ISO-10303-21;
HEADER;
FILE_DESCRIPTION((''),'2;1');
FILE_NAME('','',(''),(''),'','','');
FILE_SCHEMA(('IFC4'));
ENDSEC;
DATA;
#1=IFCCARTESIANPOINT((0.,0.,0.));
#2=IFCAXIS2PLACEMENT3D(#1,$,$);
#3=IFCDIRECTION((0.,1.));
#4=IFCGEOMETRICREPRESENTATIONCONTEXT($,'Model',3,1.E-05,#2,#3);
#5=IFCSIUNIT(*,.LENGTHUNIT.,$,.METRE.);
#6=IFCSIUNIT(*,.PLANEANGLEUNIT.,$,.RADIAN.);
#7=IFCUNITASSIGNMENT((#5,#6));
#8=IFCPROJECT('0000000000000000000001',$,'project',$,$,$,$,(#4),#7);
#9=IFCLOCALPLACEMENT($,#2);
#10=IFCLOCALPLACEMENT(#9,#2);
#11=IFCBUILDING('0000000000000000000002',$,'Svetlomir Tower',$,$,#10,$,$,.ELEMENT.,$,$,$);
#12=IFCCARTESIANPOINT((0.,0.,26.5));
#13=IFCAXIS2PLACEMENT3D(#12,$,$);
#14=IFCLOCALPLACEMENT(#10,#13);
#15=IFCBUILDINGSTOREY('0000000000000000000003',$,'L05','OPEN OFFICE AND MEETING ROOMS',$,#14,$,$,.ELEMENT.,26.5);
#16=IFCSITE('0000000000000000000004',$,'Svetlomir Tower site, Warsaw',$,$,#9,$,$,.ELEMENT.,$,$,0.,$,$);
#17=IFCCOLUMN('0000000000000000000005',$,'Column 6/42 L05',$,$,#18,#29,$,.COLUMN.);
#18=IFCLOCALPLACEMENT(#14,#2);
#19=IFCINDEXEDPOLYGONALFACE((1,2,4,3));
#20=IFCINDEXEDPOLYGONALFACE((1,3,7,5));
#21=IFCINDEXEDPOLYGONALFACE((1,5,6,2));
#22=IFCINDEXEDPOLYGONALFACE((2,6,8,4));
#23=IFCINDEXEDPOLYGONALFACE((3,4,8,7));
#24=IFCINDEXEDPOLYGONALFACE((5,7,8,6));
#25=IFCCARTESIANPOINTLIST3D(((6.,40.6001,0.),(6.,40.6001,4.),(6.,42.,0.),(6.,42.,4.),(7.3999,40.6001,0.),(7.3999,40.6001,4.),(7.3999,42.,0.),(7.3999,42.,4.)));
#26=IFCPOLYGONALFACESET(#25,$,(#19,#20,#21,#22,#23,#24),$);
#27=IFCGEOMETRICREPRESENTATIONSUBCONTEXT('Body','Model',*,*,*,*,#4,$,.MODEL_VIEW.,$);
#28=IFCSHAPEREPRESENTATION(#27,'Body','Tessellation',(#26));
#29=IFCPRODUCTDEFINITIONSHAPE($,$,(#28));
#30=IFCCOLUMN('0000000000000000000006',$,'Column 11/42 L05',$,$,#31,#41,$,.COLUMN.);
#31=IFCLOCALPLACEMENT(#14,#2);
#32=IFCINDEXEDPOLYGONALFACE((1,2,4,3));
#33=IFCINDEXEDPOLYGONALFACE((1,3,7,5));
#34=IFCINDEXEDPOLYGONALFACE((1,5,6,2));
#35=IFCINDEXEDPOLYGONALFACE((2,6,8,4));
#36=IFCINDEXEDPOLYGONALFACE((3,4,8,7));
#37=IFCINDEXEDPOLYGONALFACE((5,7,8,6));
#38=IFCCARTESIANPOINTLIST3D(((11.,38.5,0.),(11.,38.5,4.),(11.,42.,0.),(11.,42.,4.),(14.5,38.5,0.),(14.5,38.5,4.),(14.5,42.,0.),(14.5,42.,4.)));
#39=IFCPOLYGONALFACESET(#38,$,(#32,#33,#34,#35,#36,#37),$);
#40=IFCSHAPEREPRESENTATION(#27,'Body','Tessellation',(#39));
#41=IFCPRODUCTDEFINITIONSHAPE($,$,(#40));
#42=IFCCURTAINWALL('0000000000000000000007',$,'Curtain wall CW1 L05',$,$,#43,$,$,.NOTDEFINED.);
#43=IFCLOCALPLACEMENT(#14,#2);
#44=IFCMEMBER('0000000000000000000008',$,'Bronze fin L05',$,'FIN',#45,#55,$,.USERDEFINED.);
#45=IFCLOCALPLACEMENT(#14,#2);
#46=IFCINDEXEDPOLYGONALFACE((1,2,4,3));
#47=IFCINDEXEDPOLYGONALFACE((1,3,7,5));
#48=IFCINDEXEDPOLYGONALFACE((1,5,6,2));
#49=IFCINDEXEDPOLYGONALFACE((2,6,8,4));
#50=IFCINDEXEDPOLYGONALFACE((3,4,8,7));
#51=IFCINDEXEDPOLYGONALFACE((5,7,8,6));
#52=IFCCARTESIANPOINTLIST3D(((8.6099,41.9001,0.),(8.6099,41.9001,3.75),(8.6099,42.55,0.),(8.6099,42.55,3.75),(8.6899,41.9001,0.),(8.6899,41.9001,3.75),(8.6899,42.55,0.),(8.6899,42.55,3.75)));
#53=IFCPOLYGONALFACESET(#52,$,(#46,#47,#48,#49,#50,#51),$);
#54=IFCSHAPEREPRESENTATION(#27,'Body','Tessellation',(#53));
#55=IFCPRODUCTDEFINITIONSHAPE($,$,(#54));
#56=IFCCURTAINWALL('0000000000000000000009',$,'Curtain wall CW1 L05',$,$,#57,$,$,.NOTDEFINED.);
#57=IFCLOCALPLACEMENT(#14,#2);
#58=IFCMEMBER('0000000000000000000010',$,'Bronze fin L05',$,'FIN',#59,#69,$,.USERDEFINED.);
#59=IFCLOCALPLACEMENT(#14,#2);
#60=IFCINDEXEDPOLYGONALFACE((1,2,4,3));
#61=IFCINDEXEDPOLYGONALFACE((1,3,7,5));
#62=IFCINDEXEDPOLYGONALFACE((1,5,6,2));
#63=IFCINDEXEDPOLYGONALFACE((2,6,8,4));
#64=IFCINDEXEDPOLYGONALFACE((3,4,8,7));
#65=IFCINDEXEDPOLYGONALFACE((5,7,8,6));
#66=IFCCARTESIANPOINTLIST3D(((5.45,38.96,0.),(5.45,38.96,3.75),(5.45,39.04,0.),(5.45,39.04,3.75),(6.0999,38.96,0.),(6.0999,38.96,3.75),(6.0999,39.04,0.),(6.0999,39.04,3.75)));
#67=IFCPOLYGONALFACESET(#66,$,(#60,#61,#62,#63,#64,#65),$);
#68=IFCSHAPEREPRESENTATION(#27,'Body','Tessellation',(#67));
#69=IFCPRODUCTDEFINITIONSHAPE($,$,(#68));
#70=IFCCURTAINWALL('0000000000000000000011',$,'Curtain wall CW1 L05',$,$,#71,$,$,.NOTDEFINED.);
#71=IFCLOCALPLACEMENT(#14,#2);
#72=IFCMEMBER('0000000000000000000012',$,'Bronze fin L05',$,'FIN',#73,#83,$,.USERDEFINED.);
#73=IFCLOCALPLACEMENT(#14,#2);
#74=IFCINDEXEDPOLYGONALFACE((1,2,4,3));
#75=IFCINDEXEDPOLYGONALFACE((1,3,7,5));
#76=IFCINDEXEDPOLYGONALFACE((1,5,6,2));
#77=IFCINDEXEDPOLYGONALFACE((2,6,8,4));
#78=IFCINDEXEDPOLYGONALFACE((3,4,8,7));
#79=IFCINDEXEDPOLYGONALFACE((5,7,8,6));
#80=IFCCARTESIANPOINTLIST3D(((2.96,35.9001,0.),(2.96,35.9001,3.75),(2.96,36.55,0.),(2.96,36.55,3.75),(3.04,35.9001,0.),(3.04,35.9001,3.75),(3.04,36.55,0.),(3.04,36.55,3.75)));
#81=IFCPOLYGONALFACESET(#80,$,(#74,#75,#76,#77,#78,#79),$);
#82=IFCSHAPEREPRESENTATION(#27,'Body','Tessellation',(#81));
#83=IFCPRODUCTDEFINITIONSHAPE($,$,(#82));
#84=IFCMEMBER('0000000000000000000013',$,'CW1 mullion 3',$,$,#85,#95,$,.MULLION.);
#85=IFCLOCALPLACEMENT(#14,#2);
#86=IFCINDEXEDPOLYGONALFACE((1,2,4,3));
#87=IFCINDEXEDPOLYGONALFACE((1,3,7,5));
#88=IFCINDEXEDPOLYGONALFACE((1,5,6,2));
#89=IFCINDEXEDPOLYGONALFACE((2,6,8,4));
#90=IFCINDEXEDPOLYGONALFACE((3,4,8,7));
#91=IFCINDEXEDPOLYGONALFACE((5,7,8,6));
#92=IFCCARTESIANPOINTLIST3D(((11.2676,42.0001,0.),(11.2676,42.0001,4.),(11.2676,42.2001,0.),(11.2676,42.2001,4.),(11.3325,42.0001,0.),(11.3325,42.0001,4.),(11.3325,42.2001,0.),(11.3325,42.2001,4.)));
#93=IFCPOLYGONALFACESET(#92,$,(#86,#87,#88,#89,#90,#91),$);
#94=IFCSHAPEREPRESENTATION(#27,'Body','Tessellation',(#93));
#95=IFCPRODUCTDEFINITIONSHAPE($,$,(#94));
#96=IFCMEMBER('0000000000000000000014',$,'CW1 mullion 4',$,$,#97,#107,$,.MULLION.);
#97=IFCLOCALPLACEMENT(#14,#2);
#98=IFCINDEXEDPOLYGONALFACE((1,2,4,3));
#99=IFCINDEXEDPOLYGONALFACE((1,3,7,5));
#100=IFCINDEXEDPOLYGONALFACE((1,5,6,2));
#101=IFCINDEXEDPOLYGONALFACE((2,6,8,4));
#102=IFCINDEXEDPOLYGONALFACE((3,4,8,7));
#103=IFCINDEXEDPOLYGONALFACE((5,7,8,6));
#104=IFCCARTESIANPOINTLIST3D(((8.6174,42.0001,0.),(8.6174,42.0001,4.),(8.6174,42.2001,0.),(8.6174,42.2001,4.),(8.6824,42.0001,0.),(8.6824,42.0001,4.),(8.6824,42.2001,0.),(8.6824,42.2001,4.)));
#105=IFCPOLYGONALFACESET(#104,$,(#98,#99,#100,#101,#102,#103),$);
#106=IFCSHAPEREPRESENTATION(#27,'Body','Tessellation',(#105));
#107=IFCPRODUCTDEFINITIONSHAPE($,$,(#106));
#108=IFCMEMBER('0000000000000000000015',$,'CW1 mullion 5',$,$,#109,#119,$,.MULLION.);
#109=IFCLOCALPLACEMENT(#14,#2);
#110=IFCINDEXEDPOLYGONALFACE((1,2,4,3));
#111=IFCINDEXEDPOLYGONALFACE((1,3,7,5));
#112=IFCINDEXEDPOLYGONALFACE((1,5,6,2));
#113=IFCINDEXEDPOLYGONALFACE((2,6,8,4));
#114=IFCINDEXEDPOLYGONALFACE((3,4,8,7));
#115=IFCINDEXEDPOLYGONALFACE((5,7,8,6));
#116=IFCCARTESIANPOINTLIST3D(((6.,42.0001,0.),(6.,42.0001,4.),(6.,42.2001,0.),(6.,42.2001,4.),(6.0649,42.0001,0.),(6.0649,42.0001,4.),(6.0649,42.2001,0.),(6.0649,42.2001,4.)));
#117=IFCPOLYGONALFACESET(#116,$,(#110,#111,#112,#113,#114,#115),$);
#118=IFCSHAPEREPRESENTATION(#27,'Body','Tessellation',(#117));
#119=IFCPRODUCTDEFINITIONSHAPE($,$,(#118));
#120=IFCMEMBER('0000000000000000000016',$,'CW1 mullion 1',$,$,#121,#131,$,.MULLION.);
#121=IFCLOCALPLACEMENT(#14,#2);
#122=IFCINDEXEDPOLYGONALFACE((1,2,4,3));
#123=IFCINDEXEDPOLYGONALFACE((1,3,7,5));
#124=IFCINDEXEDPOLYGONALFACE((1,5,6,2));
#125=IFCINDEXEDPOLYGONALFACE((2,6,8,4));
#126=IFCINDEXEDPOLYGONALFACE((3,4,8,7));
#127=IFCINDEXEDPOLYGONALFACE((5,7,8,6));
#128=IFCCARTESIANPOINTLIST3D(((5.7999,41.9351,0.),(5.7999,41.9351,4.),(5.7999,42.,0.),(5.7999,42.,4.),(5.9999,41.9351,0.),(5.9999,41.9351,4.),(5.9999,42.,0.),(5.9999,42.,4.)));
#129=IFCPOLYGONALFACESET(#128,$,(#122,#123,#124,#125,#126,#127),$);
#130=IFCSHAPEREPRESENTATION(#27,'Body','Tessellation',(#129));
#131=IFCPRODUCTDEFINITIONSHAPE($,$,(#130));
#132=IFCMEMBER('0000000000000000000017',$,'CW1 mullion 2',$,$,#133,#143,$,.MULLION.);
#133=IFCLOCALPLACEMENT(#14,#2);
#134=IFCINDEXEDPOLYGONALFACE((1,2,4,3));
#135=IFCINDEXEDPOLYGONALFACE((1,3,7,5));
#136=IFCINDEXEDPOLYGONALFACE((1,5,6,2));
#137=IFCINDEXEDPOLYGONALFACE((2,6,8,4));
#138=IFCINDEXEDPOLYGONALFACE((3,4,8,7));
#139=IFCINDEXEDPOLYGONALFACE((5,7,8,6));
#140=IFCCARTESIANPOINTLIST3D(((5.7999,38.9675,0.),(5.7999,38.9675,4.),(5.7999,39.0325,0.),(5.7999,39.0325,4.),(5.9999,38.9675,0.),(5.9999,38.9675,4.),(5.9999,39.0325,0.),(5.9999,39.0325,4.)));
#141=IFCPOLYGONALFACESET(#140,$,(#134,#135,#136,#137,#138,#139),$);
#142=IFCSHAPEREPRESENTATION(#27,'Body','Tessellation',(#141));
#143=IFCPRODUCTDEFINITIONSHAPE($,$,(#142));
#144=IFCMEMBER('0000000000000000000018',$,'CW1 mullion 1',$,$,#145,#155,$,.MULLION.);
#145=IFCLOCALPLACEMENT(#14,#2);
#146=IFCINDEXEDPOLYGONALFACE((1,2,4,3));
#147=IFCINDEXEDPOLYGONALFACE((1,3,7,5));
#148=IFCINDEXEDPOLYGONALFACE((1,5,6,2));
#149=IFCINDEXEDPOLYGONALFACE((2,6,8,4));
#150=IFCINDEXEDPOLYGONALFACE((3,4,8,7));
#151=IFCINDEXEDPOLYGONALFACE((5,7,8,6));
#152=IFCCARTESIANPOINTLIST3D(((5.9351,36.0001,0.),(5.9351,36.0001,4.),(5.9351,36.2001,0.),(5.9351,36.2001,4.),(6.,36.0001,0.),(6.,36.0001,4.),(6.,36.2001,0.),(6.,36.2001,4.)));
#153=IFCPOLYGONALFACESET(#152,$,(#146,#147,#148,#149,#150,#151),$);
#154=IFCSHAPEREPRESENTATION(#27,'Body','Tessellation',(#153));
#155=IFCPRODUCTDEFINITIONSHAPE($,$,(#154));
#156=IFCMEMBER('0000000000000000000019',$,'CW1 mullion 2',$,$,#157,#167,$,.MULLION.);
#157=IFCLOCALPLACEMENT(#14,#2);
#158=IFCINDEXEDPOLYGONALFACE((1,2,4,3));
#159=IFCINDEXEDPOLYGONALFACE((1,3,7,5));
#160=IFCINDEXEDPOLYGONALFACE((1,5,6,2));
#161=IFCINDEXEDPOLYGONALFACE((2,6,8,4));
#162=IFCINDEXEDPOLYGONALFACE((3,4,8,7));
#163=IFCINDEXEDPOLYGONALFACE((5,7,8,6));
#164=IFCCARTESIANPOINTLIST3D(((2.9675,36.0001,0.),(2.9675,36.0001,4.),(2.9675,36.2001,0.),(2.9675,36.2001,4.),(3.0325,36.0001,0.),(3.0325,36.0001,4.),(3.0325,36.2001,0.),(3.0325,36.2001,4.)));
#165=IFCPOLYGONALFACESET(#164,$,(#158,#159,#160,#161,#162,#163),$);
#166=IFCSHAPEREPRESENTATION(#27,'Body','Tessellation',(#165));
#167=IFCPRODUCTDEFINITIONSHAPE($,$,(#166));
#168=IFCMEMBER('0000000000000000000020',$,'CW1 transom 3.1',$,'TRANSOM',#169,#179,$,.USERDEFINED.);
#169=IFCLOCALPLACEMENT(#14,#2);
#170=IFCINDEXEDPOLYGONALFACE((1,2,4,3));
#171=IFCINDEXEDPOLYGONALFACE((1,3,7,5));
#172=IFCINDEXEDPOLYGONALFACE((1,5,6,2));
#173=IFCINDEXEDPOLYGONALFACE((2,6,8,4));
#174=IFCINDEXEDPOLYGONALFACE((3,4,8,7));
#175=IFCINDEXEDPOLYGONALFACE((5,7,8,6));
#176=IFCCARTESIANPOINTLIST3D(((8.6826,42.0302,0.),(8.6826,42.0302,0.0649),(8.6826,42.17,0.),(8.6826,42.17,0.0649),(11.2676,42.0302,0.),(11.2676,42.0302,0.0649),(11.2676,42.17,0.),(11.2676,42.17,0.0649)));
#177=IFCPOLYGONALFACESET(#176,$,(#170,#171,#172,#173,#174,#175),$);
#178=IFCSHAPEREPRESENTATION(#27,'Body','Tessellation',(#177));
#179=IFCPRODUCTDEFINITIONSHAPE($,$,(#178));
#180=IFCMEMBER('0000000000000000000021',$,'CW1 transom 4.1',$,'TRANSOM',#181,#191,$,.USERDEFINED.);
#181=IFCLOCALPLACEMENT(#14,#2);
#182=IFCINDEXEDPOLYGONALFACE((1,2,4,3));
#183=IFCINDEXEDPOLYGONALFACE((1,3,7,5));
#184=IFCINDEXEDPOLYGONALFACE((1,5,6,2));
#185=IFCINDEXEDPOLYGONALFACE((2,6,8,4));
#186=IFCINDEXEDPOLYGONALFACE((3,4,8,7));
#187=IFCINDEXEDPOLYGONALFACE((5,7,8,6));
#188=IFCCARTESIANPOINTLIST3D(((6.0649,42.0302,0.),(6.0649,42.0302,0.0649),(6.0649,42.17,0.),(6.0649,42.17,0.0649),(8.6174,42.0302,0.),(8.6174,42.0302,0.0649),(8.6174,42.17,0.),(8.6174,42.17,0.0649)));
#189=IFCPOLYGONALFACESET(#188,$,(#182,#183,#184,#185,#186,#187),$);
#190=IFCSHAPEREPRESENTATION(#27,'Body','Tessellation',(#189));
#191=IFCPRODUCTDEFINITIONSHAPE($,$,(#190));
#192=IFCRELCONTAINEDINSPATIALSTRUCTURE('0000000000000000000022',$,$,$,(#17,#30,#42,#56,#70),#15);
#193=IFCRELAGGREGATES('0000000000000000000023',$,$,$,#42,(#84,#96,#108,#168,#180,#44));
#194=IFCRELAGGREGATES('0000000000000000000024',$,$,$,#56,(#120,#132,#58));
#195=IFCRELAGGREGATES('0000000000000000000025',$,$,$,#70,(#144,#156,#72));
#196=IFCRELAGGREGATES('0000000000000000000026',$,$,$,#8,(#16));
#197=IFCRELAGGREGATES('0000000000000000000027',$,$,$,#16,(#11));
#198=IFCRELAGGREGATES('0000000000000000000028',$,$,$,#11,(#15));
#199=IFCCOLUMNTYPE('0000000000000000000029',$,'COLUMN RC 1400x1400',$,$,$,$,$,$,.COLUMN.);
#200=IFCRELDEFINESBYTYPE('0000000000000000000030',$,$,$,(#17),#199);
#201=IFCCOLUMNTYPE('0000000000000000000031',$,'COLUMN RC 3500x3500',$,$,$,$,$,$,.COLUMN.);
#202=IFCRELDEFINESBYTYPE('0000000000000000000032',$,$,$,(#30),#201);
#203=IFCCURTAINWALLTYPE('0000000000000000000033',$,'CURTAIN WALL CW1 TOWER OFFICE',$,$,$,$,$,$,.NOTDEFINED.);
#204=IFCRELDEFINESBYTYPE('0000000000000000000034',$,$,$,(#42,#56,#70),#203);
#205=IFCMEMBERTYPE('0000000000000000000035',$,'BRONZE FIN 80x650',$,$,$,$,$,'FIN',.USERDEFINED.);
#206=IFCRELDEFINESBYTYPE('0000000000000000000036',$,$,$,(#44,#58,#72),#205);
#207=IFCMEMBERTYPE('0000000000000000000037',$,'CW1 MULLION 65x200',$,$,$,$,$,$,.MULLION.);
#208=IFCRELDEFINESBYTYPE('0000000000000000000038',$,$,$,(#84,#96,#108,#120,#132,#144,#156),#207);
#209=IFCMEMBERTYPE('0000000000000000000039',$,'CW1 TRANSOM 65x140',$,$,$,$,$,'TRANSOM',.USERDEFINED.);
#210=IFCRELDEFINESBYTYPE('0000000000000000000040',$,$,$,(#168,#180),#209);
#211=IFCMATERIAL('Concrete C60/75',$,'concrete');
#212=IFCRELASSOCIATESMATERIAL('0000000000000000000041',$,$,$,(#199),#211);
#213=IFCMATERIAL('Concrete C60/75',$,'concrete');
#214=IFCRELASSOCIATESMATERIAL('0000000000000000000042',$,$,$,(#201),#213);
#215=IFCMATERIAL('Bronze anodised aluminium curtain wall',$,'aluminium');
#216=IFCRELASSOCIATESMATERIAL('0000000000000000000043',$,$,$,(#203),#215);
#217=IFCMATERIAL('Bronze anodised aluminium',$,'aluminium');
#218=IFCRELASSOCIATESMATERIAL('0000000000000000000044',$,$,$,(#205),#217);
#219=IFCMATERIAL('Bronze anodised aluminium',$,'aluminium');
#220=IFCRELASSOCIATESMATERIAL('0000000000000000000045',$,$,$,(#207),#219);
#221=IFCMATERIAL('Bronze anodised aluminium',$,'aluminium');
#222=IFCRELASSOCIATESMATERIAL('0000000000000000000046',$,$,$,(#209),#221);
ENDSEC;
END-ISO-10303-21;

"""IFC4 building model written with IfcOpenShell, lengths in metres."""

from ifc_helpers import new_model, si_unit, direction, frame, origin, origin_2d, place, context, subcontext, project, spatial, rectangle, extrude, material, material_profile, profile_set, type_object, element, aggregate, save


model = new_model("IFC4")

# Units and contexts
model_context = context("Model", 3, precision=1e-05, world=origin(), true_north=direction((0.0, 1.0)))
body_context = subcontext(model_context, "Body", "Model", "MODEL_VIEW")
ifc_project = project(units=[si_unit("LENGTHUNIT", "METRE"), si_unit("PLANEANGLEUNIT", "RADIAN")], contexts=[model_context])

# Site, building, storey
site_placement = place(None, origin())
site = spatial("IfcSite", under=ifc_project, at=site_placement, Name="Svetlomir Tower site, Warsaw", CompositionType="ELEMENT", RefElevation=0.0)
building_placement = place(site_placement, origin())
building = spatial("IfcBuilding", under=site, at=building_placement, Name="Svetlomir Tower", CompositionType="ELEMENT")
storey_placement = place(building_placement, frame((0.0, 0.0, 26.5)))
storey = spatial("IfcBuildingStorey", under=building, at=storey_placement, Name="L05", Description="OPEN OFFICE AND MEETING ROOMS", CompositionType="ELEMENT", Elevation=26.5)

# Columns
ifc_material_1 = material(Name="Concrete C60/75", Category="concrete")
ifc_material_profile_1 = material_profile(ifc_material_1, rectangle(XDim=1.3999, YDim=1.3999, at=origin_2d()), Name="RC 1400x1400")
ifc_profile_set_1 = profile_set([ifc_material_profile_1], Name="Concrete C60/75")
column_type_1 = type_object("IfcColumnType", Name="COLUMN RC 1400x1400", PredefinedType="COLUMN", material=ifc_profile_set_1)
column_1_placement = place(storey_placement, frame((6.7, 41.3, 0.0), z_axis=(0.0, 0.0, 1.0), x_axis=(1.0, 0.0, 0.0)))
element("IfcColumn", 1, at=column_1_placement, inside=storey, type_object=column_type_1, Name="Column 6/42 L05", PredefinedType="COLUMN", context=body_context, shape_type="SweptSolid", body=[
    extrude(rectangle(XDim=1.3999, YDim=1.3999, at=origin_2d()), origin(), (0.0, 0.0, 1.0), 4.0),
])
ifc_material_2 = material(Name="Concrete C60/75", Category="concrete")
ifc_material_profile_2 = material_profile(ifc_material_2, rectangle(XDim=3.5, YDim=3.5, at=origin_2d()), Name="RC 3500x3500")
ifc_profile_set_2 = profile_set([ifc_material_profile_2], Name="Concrete C60/75")
column_type_2 = type_object("IfcColumnType", Name="COLUMN RC 3500x3500", PredefinedType="COLUMN", material=ifc_profile_set_2)
column_2_placement = place(storey_placement, frame((12.75, 40.25, 0.0), z_axis=(0.0, 0.0, 1.0), x_axis=(1.0, 0.0, 0.0)))
element("IfcColumn", 2, at=column_2_placement, inside=storey, type_object=column_type_2, Name="Column 11/42 L05", PredefinedType="COLUMN", context=body_context, shape_type="SweptSolid", body=[
    extrude(rectangle(XDim=3.5, YDim=3.5, at=origin_2d()), origin(), (0.0, 0.0, 1.0), 4.0),
])

# Curtain walls, members
ifc_material_3 = material(Name="Bronze anodised aluminium curtain wall", Category="aluminium")
curtain_wall_type = type_object("IfcCurtainWallType", Name="CURTAIN WALL CW1 TOWER OFFICE", PredefinedType="NOTDEFINED", material=ifc_material_3)
curtain_wall_1_placement = place(storey_placement, origin())
curtain_wall_1 = element("IfcCurtainWall", 3, at=curtain_wall_1_placement, inside=storey, type_object=curtain_wall_type, Name="Curtain wall CW1 L05", PredefinedType="NOTDEFINED")
ifc_material_4 = material(Name="Bronze anodised aluminium", Category="aluminium")
ifc_material_profile_3 = material_profile(ifc_material_4, rectangle(XDim=0.0801, YDim=0.6499, at=origin_2d()), Name="FIN 80x650")
ifc_profile_set_3 = profile_set([ifc_material_profile_3], Name="Bronze anodised aluminium 6063-T6")
member_type_1 = type_object("IfcMemberType", Name="BRONZE FIN 80x650", ElementType="FIN", PredefinedType="USERDEFINED", material=ifc_profile_set_3)
member_1_placement = place(storey_placement, frame((8.6499, 42.2251, 0.0), z_axis=(0.0, 0.0, 1.0), x_axis=(1.0, 0.0, 0.0)))
member_1 = element("IfcMember", 4, at=member_1_placement, type_object=member_type_1, Name="Bronze fin L05", ObjectType="FIN", PredefinedType="USERDEFINED", context=body_context, shape_type="SweptSolid", body=[
    extrude(rectangle(XDim=0.0801, YDim=0.6499, at=origin_2d()), origin(), (0.0, 0.0, 1.0), 3.75),
])
curtain_wall_2_placement = place(storey_placement, origin())
curtain_wall_2 = element("IfcCurtainWall", 5, at=curtain_wall_2_placement, inside=storey, type_object=curtain_wall_type, Name="Curtain wall CW1 L05", PredefinedType="NOTDEFINED")
member_2_placement = place(storey_placement, frame((5.7749, 39.0, 0.0), z_axis=(0.0, 0.0, 1.0), x_axis=(0.0, 1.0, 0.0)))
member_2 = element("IfcMember", 6, at=member_2_placement, type_object=member_type_1, Name="Bronze fin L05", ObjectType="FIN", PredefinedType="USERDEFINED", context=body_context, shape_type="SweptSolid", body=[
    extrude(rectangle(XDim=0.0801, YDim=0.6499, at=origin_2d()), origin(), (0.0, 0.0, 1.0), 3.75),
])
curtain_wall_3_placement = place(storey_placement, origin())
curtain_wall_3 = element("IfcCurtainWall", 7, at=curtain_wall_3_placement, inside=storey, type_object=curtain_wall_type, Name="Curtain wall CW1 L05", PredefinedType="NOTDEFINED")
member_3_placement = place(storey_placement, frame((3.0, 36.2251, 0.0), z_axis=(0.0, 0.0, 1.0), x_axis=(1.0, 0.0, 0.0)))
member_3 = element("IfcMember", 8, at=member_3_placement, type_object=member_type_1, Name="Bronze fin L05", ObjectType="FIN", PredefinedType="USERDEFINED", context=body_context, shape_type="SweptSolid", body=[
    extrude(rectangle(XDim=0.0801, YDim=0.6499, at=origin_2d()), origin(), (0.0, 0.0, 1.0), 3.75),
])

# Members
ifc_material_5 = material(Name="Bronze anodised aluminium", Category="aluminium")
ifc_material_profile_4 = material_profile(ifc_material_5, rectangle(XDim=0.0649, YDim=0.2, at=origin_2d()), Name="AL 65x200")
ifc_profile_set_4 = profile_set([ifc_material_profile_4], Name="Bronze anodised aluminium 6063-T6")
member_type_2 = type_object("IfcMemberType", Name="CW1 MULLION 65x200", PredefinedType="MULLION", material=ifc_profile_set_4)
member_4_placement = place(storey_placement, frame((11.3, 42.1001, 0.0), z_axis=(0.0, 0.0, 1.0), x_axis=(-1.0, 0.0, 0.0)))
member_4 = element("IfcMember", 9, at=member_4_placement, type_object=member_type_2, Name="CW1 mullion 3", PredefinedType="MULLION", context=body_context, shape_type="SweptSolid", body=[
    extrude(rectangle(XDim=0.0649, YDim=0.2, at=origin_2d()), origin(), (0.0, 0.0, 1.0), 4.0),
])
member_5_placement = place(storey_placement, frame((8.6499, 42.1001, 0.0), z_axis=(0.0, 0.0, 1.0), x_axis=(-1.0, 0.0, 0.0)))
member_5 = element("IfcMember", 10, at=member_5_placement, type_object=member_type_2, Name="CW1 mullion 4", PredefinedType="MULLION", context=body_context, shape_type="SweptSolid", body=[
    extrude(rectangle(XDim=0.0649, YDim=0.2, at=origin_2d()), origin(), (0.0, 0.0, 1.0), 4.0),
])
member_6_placement = place(storey_placement, frame((6.0325, 42.1001, 0.0), z_axis=(0.0, 0.0, 1.0), x_axis=(-1.0, 0.0, 0.0)))
member_6 = element("IfcMember", 11, at=member_6_placement, type_object=member_type_2, Name="CW1 mullion 5", PredefinedType="MULLION", context=body_context, shape_type="SweptSolid", body=[
    extrude(rectangle(XDim=0.0649, YDim=0.2, at=origin_2d()), origin(), (0.0, 0.0, 1.0), 4.0),
])
member_7_placement = place(storey_placement, frame((5.8999, 41.9675, 0.0), z_axis=(0.0, 0.0, 1.0), x_axis=(0.0, -1.0, 0.0)))
member_7 = element("IfcMember", 12, at=member_7_placement, type_object=member_type_2, Name="CW1 mullion 1", PredefinedType="MULLION", context=body_context, shape_type="SweptSolid", body=[
    extrude(rectangle(XDim=0.0649, YDim=0.2, at=origin_2d()), origin(), (0.0, 0.0, 1.0), 4.0),
])
member_8_placement = place(storey_placement, frame((5.8999, 39.0, 0.0), z_axis=(0.0, 0.0, 1.0), x_axis=(0.0, -1.0, 0.0)))
member_8 = element("IfcMember", 13, at=member_8_placement, type_object=member_type_2, Name="CW1 mullion 2", PredefinedType="MULLION", context=body_context, shape_type="SweptSolid", body=[
    extrude(rectangle(XDim=0.0649, YDim=0.2, at=origin_2d()), origin(), (0.0, 0.0, 1.0), 4.0),
])
member_9_placement = place(storey_placement, frame((5.9675, 36.1001, 0.0), z_axis=(0.0, 0.0, 1.0), x_axis=(-1.0, 0.0, 0.0)))
member_9 = element("IfcMember", 14, at=member_9_placement, type_object=member_type_2, Name="CW1 mullion 1", PredefinedType="MULLION", context=body_context, shape_type="SweptSolid", body=[
    extrude(rectangle(XDim=0.0649, YDim=0.2, at=origin_2d()), origin(), (0.0, 0.0, 1.0), 4.0),
])
member_10_placement = place(storey_placement, frame((3.0, 36.1001, 0.0), z_axis=(0.0, 0.0, 1.0), x_axis=(-1.0, 0.0, 0.0)))
member_10 = element("IfcMember", 15, at=member_10_placement, type_object=member_type_2, Name="CW1 mullion 2", PredefinedType="MULLION", context=body_context, shape_type="SweptSolid", body=[
    extrude(rectangle(XDim=0.0649, YDim=0.2, at=origin_2d()), origin(), (0.0, 0.0, 1.0), 4.0),
])
ifc_material_6 = material(Name="Bronze anodised aluminium", Category="aluminium")
ifc_material_profile_5 = material_profile(ifc_material_6, rectangle(XDim=0.1399, YDim=0.0649, at=origin_2d()), Name="AL 140x65")
ifc_profile_set_5 = profile_set([ifc_material_profile_5], Name="Bronze anodised aluminium 6063-T6")
member_type_3 = type_object("IfcMemberType", Name="CW1 TRANSOM 65x140", ElementType="TRANSOM", PredefinedType="USERDEFINED", material=ifc_profile_set_5)
member_11_placement = place(storey_placement, frame((11.2676, 42.1001, 0.0325), z_axis=(-1.0, 0.0, 0.0), x_axis=(0.0, -1.0, 0.0)))
member_11 = element("IfcMember", 16, at=member_11_placement, type_object=member_type_3, Name="CW1 transom 3.1", ObjectType="TRANSOM", PredefinedType="USERDEFINED", context=body_context, shape_type="SweptSolid", body=[
    extrude(rectangle(XDim=0.1399, YDim=0.0649, at=origin_2d()), origin(), (0.0, 0.0, 1.0), 2.585),
])
member_12_placement = place(storey_placement, frame((8.6174, 42.1001, 0.0325), z_axis=(-1.0, 0.0, 0.0), x_axis=(0.0, -1.0, 0.0)))
member_12 = element("IfcMember", 17, at=member_12_placement, type_object=member_type_3, Name="CW1 transom 4.1", ObjectType="TRANSOM", PredefinedType="USERDEFINED", context=body_context, shape_type="SweptSolid", body=[
    extrude(rectangle(XDim=0.1399, YDim=0.0649, at=origin_2d()), origin(), (0.0, 0.0, 1.0), 2.5525),
])

aggregate(curtain_wall_1, [member_4, member_5, member_6, member_11, member_12, member_1])
aggregate(curtain_wall_2, [member_7, member_8, member_2])
aggregate(curtain_wall_3, [member_9, member_10, member_3])

save(model, "model.ifc")
